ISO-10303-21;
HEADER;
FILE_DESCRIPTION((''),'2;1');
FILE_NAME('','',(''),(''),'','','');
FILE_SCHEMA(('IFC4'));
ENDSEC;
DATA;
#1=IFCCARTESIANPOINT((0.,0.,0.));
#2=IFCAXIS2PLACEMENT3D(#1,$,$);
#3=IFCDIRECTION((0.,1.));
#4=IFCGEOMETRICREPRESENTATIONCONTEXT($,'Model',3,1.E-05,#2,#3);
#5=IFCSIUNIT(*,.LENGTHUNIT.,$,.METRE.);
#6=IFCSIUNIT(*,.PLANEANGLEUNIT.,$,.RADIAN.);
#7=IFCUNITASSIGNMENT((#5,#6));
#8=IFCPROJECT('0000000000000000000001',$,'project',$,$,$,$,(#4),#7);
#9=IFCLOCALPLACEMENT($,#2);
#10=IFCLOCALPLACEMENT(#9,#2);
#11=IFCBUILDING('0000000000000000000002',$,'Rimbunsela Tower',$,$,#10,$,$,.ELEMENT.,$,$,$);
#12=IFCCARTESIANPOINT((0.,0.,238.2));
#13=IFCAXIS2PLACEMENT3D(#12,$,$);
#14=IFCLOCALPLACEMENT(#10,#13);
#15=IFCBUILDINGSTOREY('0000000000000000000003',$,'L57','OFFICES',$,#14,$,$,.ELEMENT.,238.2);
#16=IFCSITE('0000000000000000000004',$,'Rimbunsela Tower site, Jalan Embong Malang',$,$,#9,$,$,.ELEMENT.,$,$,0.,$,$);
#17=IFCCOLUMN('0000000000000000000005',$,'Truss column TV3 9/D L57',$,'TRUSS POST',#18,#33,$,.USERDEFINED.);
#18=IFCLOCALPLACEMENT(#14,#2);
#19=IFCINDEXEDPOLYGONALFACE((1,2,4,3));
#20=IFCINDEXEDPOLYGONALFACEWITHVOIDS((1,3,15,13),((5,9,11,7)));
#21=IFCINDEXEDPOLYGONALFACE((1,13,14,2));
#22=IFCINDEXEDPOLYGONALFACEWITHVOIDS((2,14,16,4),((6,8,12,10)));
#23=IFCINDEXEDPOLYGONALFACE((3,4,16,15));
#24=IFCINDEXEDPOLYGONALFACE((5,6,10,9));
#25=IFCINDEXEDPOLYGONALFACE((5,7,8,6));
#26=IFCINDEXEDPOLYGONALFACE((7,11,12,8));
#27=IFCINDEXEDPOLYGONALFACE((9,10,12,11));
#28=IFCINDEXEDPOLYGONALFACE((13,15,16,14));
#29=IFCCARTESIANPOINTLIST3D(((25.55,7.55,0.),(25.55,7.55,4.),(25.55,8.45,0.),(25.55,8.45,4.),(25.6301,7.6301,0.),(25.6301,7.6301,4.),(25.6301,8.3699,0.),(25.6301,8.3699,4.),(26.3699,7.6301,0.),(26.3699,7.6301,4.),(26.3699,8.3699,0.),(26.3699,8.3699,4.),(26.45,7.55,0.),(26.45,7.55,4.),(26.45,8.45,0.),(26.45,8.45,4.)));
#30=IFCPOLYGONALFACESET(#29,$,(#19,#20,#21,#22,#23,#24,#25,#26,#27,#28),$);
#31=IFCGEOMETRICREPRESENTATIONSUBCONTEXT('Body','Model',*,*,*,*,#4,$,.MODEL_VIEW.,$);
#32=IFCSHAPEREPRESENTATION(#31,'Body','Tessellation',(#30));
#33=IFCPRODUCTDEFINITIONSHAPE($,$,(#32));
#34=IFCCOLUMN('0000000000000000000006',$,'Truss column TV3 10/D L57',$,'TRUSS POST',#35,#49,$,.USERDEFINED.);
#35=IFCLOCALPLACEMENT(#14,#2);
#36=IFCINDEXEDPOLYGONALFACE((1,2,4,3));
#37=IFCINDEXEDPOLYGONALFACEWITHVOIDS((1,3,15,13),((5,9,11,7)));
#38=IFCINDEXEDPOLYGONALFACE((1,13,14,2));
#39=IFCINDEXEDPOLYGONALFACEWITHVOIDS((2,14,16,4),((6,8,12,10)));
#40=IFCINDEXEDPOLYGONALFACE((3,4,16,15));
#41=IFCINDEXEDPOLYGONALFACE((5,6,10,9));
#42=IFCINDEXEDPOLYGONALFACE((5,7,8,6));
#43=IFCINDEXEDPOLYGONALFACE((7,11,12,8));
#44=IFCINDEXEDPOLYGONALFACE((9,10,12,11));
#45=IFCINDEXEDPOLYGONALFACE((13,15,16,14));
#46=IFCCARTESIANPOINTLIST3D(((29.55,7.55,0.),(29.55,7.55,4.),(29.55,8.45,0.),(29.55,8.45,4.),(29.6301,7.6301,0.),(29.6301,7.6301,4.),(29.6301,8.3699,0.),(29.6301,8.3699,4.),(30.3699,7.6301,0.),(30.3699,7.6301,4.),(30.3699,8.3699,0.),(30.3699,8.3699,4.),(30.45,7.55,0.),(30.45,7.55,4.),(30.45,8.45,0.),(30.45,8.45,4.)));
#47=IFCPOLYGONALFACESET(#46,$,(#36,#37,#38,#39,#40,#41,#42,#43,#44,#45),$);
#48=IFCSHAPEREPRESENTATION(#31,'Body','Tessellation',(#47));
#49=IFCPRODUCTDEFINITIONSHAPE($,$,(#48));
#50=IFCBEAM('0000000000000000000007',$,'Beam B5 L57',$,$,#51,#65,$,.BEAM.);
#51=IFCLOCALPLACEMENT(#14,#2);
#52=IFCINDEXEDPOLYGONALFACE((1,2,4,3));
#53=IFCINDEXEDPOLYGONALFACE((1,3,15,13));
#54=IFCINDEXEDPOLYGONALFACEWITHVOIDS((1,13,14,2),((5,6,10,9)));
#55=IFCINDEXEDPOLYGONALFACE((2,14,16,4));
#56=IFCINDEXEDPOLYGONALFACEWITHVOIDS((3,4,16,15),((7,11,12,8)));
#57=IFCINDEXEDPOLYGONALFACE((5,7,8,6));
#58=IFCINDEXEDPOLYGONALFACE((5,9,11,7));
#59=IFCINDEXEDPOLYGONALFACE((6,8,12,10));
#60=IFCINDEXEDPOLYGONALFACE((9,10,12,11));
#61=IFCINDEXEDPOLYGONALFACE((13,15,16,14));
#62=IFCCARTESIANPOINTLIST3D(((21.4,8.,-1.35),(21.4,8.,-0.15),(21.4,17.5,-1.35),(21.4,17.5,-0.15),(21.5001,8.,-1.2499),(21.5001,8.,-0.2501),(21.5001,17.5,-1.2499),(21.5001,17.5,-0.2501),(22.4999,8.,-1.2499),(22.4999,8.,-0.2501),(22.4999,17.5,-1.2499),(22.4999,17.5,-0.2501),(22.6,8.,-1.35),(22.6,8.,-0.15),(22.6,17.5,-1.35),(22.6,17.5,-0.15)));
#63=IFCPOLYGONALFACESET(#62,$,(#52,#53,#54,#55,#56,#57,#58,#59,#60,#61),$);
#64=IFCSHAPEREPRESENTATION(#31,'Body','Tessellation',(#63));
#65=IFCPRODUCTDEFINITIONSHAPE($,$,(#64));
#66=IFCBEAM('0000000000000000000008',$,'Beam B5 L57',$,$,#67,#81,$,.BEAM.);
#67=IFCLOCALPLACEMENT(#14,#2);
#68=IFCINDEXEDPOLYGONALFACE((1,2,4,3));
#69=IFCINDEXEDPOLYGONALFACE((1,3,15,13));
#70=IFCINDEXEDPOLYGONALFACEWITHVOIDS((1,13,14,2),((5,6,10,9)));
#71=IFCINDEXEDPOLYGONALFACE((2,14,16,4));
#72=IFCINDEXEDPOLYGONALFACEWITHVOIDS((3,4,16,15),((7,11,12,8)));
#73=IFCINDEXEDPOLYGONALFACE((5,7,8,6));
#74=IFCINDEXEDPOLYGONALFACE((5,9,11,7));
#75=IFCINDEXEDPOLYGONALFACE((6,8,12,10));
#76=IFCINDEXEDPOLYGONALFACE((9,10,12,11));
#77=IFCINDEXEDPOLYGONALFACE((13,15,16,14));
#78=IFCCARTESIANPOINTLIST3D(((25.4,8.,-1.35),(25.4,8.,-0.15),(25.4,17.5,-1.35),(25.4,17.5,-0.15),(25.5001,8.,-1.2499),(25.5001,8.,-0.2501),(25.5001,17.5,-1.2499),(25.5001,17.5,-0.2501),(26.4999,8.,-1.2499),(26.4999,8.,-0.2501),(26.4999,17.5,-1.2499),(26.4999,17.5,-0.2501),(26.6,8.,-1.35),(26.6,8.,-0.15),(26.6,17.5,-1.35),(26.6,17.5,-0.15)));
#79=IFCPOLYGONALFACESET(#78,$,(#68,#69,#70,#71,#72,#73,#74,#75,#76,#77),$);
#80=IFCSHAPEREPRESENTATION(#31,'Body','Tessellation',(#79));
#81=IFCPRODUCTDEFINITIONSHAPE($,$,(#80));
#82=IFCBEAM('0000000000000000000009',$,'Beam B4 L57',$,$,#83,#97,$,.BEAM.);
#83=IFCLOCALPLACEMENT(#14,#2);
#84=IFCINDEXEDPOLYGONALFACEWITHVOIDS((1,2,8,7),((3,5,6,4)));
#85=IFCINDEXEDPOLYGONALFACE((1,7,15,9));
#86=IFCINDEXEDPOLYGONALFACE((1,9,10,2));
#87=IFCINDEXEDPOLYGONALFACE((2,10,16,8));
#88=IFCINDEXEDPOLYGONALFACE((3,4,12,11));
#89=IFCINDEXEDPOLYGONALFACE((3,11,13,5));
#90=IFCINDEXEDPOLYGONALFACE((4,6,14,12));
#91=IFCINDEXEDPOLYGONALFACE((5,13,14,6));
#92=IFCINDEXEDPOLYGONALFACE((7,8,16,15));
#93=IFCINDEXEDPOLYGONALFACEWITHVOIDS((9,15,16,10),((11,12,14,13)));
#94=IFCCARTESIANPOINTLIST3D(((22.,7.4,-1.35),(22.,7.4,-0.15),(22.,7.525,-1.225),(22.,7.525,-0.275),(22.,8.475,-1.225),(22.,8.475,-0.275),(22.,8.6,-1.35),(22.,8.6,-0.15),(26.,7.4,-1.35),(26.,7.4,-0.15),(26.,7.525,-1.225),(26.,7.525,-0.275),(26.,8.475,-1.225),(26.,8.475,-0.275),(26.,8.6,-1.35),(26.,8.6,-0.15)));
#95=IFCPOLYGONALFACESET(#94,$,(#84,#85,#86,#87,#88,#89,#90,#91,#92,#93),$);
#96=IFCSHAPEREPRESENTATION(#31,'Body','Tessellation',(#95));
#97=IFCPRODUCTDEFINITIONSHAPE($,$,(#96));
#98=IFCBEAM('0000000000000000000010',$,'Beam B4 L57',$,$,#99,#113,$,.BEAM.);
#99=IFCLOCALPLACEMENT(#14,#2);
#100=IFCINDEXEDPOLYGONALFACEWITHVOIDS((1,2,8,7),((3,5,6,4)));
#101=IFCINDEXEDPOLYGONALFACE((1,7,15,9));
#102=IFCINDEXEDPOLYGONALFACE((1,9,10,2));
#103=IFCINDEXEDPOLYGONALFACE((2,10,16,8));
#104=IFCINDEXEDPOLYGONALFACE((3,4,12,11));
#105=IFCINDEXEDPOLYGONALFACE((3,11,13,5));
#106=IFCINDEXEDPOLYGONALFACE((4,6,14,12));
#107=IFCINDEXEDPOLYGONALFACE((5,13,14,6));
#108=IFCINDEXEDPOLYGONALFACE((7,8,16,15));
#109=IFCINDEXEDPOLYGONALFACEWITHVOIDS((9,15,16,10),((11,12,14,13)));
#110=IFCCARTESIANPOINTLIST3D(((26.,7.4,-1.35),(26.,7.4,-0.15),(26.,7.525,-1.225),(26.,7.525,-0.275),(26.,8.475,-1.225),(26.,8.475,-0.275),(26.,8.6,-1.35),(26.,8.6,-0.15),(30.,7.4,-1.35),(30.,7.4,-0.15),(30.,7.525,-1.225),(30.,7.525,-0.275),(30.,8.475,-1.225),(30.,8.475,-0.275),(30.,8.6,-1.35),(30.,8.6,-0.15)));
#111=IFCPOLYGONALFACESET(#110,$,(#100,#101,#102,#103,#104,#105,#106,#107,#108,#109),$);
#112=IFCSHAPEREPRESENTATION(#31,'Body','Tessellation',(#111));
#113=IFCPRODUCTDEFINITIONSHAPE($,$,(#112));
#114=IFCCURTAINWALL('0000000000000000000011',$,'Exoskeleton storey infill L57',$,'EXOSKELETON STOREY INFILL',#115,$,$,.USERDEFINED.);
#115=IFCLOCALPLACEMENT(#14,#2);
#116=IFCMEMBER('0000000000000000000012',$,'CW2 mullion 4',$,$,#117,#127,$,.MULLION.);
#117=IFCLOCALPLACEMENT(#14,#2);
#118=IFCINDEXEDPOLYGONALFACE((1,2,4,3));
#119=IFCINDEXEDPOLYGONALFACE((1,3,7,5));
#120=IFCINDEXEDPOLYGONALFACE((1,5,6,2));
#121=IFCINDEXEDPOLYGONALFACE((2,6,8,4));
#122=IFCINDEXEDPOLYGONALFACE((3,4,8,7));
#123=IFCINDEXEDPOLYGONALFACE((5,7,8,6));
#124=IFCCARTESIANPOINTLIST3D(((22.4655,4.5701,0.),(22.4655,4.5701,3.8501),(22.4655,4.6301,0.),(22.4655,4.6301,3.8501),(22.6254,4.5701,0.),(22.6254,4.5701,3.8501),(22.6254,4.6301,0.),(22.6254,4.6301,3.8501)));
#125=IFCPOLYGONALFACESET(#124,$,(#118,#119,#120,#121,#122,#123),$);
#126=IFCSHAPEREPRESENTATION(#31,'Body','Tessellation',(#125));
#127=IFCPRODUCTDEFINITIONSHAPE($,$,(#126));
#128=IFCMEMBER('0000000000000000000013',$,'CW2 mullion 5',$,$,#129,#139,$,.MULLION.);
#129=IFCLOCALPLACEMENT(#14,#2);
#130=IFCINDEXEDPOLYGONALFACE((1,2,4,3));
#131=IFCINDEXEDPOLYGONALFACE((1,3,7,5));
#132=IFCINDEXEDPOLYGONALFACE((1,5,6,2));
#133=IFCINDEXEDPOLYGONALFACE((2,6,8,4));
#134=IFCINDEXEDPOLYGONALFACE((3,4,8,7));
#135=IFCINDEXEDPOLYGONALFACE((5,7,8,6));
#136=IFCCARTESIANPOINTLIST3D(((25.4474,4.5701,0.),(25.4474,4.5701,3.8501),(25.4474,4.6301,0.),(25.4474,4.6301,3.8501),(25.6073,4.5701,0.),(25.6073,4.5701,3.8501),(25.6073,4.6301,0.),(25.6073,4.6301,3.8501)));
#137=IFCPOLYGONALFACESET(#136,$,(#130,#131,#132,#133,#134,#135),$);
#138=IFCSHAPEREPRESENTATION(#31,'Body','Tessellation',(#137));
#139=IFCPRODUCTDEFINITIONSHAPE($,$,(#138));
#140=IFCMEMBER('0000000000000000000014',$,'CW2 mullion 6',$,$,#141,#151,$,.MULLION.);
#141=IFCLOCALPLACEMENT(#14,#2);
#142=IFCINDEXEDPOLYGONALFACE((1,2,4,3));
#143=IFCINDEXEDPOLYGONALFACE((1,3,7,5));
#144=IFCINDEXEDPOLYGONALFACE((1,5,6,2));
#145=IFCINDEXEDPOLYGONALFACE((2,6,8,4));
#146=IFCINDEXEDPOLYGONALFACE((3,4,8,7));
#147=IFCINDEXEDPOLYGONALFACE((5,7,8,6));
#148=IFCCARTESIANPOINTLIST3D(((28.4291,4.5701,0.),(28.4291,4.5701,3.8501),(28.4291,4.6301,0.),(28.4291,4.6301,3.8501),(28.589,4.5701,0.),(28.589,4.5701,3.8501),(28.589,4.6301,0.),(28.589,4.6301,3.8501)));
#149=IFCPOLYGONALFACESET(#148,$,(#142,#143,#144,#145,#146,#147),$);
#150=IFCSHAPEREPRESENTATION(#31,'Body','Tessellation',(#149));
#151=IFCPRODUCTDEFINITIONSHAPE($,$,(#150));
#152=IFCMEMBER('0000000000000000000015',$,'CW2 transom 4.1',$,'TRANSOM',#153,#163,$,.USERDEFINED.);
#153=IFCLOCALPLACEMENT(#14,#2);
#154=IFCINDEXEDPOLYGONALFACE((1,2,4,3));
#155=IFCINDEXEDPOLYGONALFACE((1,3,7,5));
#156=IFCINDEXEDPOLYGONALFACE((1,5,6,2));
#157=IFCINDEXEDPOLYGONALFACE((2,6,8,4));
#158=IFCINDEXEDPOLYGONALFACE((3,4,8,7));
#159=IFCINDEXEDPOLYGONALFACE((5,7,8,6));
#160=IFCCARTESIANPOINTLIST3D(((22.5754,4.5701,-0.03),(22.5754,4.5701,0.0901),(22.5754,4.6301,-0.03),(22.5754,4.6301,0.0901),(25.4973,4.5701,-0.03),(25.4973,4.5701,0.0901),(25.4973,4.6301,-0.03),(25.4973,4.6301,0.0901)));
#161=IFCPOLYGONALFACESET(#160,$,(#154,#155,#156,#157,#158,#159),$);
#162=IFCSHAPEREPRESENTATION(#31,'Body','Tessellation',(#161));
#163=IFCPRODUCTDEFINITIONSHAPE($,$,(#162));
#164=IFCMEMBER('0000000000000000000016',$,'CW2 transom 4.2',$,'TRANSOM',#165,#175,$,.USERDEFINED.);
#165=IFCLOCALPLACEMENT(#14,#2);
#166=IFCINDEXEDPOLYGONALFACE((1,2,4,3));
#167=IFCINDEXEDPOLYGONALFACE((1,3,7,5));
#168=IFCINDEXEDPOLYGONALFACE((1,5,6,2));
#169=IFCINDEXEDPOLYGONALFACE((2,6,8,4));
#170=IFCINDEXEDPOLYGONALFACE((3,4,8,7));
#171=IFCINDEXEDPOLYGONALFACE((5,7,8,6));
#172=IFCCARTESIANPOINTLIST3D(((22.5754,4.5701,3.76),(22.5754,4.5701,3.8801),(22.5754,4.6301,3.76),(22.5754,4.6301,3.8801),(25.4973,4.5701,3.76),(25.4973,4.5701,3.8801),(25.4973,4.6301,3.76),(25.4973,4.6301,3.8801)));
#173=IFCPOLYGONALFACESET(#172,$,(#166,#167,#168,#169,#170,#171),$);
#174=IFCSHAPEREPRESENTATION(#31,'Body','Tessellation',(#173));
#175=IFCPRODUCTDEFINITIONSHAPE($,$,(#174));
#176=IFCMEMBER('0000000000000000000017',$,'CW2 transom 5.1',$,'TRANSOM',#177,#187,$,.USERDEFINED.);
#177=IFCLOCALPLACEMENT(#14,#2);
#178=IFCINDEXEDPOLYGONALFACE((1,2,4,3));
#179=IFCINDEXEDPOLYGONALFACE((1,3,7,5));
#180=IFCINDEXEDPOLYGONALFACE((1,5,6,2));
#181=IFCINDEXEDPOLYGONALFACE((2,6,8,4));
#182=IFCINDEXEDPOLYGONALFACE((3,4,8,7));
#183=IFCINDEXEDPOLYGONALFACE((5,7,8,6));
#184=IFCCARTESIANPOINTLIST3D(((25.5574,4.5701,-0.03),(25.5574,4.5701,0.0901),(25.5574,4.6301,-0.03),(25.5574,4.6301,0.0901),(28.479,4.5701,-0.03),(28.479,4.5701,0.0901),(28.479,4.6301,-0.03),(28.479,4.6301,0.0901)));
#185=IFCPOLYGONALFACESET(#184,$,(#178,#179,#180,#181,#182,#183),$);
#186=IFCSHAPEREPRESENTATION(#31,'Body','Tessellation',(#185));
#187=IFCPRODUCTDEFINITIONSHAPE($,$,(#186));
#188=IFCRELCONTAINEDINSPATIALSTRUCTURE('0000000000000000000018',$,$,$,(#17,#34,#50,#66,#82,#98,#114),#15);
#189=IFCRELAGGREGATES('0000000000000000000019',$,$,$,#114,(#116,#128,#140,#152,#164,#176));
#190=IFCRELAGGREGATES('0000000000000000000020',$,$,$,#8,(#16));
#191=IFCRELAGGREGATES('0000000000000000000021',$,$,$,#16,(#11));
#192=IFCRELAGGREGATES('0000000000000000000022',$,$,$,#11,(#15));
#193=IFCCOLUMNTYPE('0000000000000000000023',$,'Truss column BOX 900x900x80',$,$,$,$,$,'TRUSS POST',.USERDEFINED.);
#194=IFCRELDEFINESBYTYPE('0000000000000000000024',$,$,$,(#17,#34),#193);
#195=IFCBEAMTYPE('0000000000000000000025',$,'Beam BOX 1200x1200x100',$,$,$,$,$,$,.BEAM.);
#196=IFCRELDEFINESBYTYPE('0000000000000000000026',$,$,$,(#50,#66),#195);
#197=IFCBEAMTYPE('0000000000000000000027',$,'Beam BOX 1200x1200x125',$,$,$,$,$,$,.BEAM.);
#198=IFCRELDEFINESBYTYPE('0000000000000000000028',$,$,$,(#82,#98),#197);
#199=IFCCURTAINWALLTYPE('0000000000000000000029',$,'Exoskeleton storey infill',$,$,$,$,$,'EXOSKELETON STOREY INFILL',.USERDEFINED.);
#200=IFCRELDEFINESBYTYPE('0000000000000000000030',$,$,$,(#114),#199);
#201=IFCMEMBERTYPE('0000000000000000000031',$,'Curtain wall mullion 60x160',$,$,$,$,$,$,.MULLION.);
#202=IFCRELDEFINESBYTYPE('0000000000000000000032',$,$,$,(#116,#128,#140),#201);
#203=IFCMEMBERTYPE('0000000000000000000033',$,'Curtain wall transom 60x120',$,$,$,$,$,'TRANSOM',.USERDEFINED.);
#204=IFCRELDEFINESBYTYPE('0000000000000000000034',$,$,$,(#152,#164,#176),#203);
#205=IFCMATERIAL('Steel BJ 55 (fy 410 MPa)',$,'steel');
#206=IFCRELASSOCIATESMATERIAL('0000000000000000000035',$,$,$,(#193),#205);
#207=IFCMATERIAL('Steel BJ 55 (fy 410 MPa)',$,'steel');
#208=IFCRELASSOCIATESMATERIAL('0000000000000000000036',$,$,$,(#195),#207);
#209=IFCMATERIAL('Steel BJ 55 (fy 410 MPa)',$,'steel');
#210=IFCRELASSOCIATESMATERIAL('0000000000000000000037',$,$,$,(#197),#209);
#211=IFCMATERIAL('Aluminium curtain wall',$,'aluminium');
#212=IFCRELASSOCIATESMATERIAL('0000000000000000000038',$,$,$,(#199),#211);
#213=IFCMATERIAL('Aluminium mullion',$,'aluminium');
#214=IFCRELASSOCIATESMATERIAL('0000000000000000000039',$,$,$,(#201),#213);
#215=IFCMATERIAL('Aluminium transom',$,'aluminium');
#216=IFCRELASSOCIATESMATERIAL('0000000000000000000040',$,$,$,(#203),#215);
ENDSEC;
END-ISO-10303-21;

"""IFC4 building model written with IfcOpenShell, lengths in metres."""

from ifc_helpers import new_model, si_unit, direction, frame, origin, origin_2d, place, context, subcontext, project, spatial, rectangle, hollow_rectangle, extrude, material, material_profile, profile_set, type_object, element, aggregate, save


model = new_model("IFC4")

# Units and contexts
model_context = context("Model", 3, precision=1e-05, world=origin(), true_north=direction((0.0, 1.0)))
body_context = subcontext(model_context, "Body", "Model", "MODEL_VIEW")
ifc_project = project(units=[si_unit("LENGTHUNIT", "METRE"), si_unit("PLANEANGLEUNIT", "RADIAN")], contexts=[model_context])

# Site, building, storey
site_placement = place(None, origin())
site = spatial("IfcSite", under=ifc_project, at=site_placement, Name="Rimbunsela Tower site, Jalan Embong Malang", CompositionType="ELEMENT", RefElevation=0.0)
building_placement = place(site_placement, origin())
building = spatial("IfcBuilding", under=site, at=building_placement, Name="Rimbunsela Tower", CompositionType="ELEMENT")
storey_placement = place(building_placement, frame((0.0, 0.0, 238.2)))
storey = spatial("IfcBuildingStorey", under=building, at=storey_placement, Name="L57", Description="OFFICES", CompositionType="ELEMENT", Elevation=238.2)

# Columns
ifc_material_1 = material(Name="Steel BJ 55 (fy 410 MPa)", Category="steel")
ifc_material_profile_1 = material_profile(ifc_material_1, hollow_rectangle(XDim=0.8999, YDim=0.8999, WallThickness=0.0801, at=origin_2d()), Name="BOX 900x900x80")
ifc_profile_set_1 = profile_set([ifc_material_profile_1], Name="Steel BJ 55 (fy 410 MPa)")
column_type = type_object("IfcColumnType", Name="Truss column BOX 900x900x80", ElementType="TRUSS POST", PredefinedType="USERDEFINED", material=ifc_profile_set_1)
for number, where, z_axis, x_axis, name in (
    (1, (26.0, 8.0, 0.0), (0.0, 0.0, 1.0), (1.0, 0.0, 0.0), "Truss column TV3 9/D L57"),
    (2, (30.0, 8.0, 0.0), (0.0, 0.0, 1.0), (1.0, 0.0, 0.0), "Truss column TV3 10/D L57"),
):
    element("IfcColumn", number, at=place(storey_placement, frame(where, z_axis=z_axis, x_axis=x_axis)), inside=storey, type_object=column_type, Name=name, ObjectType="TRUSS POST", PredefinedType="USERDEFINED", context=body_context, shape_type="SweptSolid", body=[
        extrude(hollow_rectangle(XDim=0.8999, YDim=0.8999, WallThickness=0.0801, at=origin_2d()), origin(), (0.0, 0.0, 1.0), 4.0),
    ])

# Beams
ifc_material_2 = material(Name="Steel BJ 55 (fy 410 MPa)", Category="steel")
ifc_material_profile_2 = material_profile(ifc_material_2, hollow_rectangle(XDim=1.2, YDim=1.2, WallThickness=0.1001, at=origin_2d()), Name="BOX 1200x1200x100")
ifc_profile_set_2 = profile_set([ifc_material_profile_2], Name="Steel BJ 55 (fy 410 MPa)")
beam_type_1 = type_object("IfcBeamType", Name="Beam BOX 1200x1200x100", PredefinedType="BEAM", material=ifc_profile_set_2)
for number, where, z_axis, x_axis, name in (
    (3, (22.0, 8.0, -0.75), (0.0, 1.0, 0.0), (-1.0, 0.0, 0.0), "Beam B5 L57"),
    (4, (26.0, 8.0, -0.75), (0.0, 1.0, 0.0), (-1.0, 0.0, 0.0), "Beam B5 L57"),
):
    element("IfcBeam", number, at=place(storey_placement, frame(where, z_axis=z_axis, x_axis=x_axis)), inside=storey, type_object=beam_type_1, Name=name, PredefinedType="BEAM", context=body_context, shape_type="SweptSolid", body=[
        extrude(hollow_rectangle(XDim=1.2, YDim=1.2, WallThickness=0.1001, at=origin_2d()), origin(), (0.0, 0.0, 1.0), 9.5),
    ])
ifc_material_3 = material(Name="Steel BJ 55 (fy 410 MPa)", Category="steel")
ifc_material_profile_3 = material_profile(ifc_material_3, hollow_rectangle(XDim=1.2, YDim=1.2, WallThickness=0.125, at=origin_2d()), Name="BOX 1200x1200x125")
ifc_profile_set_3 = profile_set([ifc_material_profile_3], Name="Steel BJ 55 (fy 410 MPa)")
beam_type_2 = type_object("IfcBeamType", Name="Beam BOX 1200x1200x125", PredefinedType="BEAM", material=ifc_profile_set_3)
for number, where, z_axis, x_axis, name in (
    (5, (22.0, 8.0, -0.75), (1.0, 0.0, 0.0), (0.0, 1.0, 0.0), "Beam B4 L57"),
    (6, (26.0, 8.0, -0.75), (1.0, 0.0, 0.0), (0.0, 1.0, 0.0), "Beam B4 L57"),
):
    element("IfcBeam", number, at=place(storey_placement, frame(where, z_axis=z_axis, x_axis=x_axis)), inside=storey, type_object=beam_type_2, Name=name, PredefinedType="BEAM", context=body_context, shape_type="SweptSolid", body=[
        extrude(hollow_rectangle(XDim=1.2, YDim=1.2, WallThickness=0.125, at=origin_2d()), origin(), (0.0, 0.0, 1.0), 4.0),
    ])

# Curtain wall, members
ifc_material_4 = material(Name="Aluminium curtain wall", Category="aluminium")
curtain_wall_type = type_object("IfcCurtainWallType", Name="Exoskeleton storey infill", ElementType="EXOSKELETON STOREY INFILL", PredefinedType="USERDEFINED", material=ifc_material_4)
curtain_wall_placement = place(storey_placement, origin())
curtain_wall = element("IfcCurtainWall", 7, at=curtain_wall_placement, inside=storey, type_object=curtain_wall_type, Name="Exoskeleton storey infill L57", ObjectType="EXOSKELETON STOREY INFILL", PredefinedType="USERDEFINED")
ifc_material_5 = material(Name="Aluminium mullion", Category="aluminium")
ifc_material_profile_4 = material_profile(ifc_material_5, rectangle(XDim=0.0601, YDim=0.1599, at=origin_2d()), Name="Mullion 60x160")
ifc_profile_set_4 = profile_set([ifc_material_profile_4], Name="Aluminium mullion")
member_type_1 = type_object("IfcMemberType", Name="Curtain wall mullion 60x160", PredefinedType="MULLION", material=ifc_profile_set_4)
member_1_placement = place(storey_placement, frame((22.5454, 4.6001, 0.0), z_axis=(0.0, 0.0, 1.0), x_axis=(0.0, 1.0, 0.0)))
member_1 = element("IfcMember", 8, at=member_1_placement, type_object=member_type_1, Name="CW2 mullion 4", PredefinedType="MULLION", context=body_context, shape_type="SweptSolid", body=[
    extrude(rectangle(XDim=0.0601, YDim=0.1599, at=origin_2d()), origin(), (0.0, 0.0, 1.0), 3.8501),
])
member_2_placement = place(storey_placement, frame((25.5273, 4.6001, 0.0), z_axis=(0.0, 0.0, 1.0), x_axis=(0.0, 1.0, 0.0)))
member_2 = element("IfcMember", 9, at=member_2_placement, type_object=member_type_1, Name="CW2 mullion 5", PredefinedType="MULLION", context=body_context, shape_type="SweptSolid", body=[
    extrude(rectangle(XDim=0.0601, YDim=0.1599, at=origin_2d()), origin(), (0.0, 0.0, 1.0), 3.8501),
])
member_3_placement = place(storey_placement, frame((28.509, 4.6001, 0.0), z_axis=(0.0, 0.0, 1.0), x_axis=(0.0, 1.0, 0.0)))
member_3 = element("IfcMember", 10, at=member_3_placement, type_object=member_type_1, Name="CW2 mullion 6", PredefinedType="MULLION", context=body_context, shape_type="SweptSolid", body=[
    extrude(rectangle(XDim=0.0601, YDim=0.1599, at=origin_2d()), origin(), (0.0, 0.0, 1.0), 3.8501),
])
ifc_material_6 = material(Name="Aluminium transom", Category="aluminium")
ifc_material_profile_5 = material_profile(ifc_material_6, rectangle(XDim=0.0601, YDim=0.1201, at=origin_2d()), Name="Transom 60x120")
ifc_profile_set_5 = profile_set([ifc_material_profile_5], Name="Aluminium transom")
member_type_2 = type_object("IfcMemberType", Name="Curtain wall transom 60x120", ElementType="TRANSOM", PredefinedType="USERDEFINED", material=ifc_profile_set_5)
member_4_placement = place(storey_placement, frame((22.5754, 4.6001, 0.03), z_axis=(1.0, 0.0, 0.0), x_axis=(0.0, 1.0, 0.0)))
member_4 = element("IfcMember", 11, at=member_4_placement, type_object=member_type_2, Name="CW2 transom 4.1", ObjectType="TRANSOM", PredefinedType="USERDEFINED", context=body_context, shape_type="SweptSolid", body=[
    extrude(rectangle(XDim=0.0601, YDim=0.1201, at=origin_2d()), origin(), (0.0, 0.0, 1.0), 2.9219),
])
member_5_placement = place(storey_placement, frame((22.5754, 4.6001, 3.8201), z_axis=(1.0, 0.0, 0.0), x_axis=(0.0, 1.0, 0.0)))
member_5 = element("IfcMember", 12, at=member_5_placement, type_object=member_type_2, Name="CW2 transom 4.2", ObjectType="TRANSOM", PredefinedType="USERDEFINED", context=body_context, shape_type="SweptSolid", body=[
    extrude(rectangle(XDim=0.0601, YDim=0.1201, at=origin_2d()), origin(), (0.0, 0.0, 1.0), 2.9219),
])
member_6_placement = place(storey_placement, frame((25.5574, 4.6001, 0.03), z_axis=(1.0, 0.0, 0.0), x_axis=(0.0, 1.0, 0.0)))
member_6 = element("IfcMember", 13, at=member_6_placement, type_object=member_type_2, Name="CW2 transom 5.1", ObjectType="TRANSOM", PredefinedType="USERDEFINED", context=body_context, shape_type="SweptSolid", body=[
    extrude(rectangle(XDim=0.0601, YDim=0.1201, at=origin_2d()), origin(), (0.0, 0.0, 1.0), 2.9216),
])

aggregate(curtain_wall, [member_1, member_2, member_3, member_4, member_5, member_6])

save(model, "model.ifc")
